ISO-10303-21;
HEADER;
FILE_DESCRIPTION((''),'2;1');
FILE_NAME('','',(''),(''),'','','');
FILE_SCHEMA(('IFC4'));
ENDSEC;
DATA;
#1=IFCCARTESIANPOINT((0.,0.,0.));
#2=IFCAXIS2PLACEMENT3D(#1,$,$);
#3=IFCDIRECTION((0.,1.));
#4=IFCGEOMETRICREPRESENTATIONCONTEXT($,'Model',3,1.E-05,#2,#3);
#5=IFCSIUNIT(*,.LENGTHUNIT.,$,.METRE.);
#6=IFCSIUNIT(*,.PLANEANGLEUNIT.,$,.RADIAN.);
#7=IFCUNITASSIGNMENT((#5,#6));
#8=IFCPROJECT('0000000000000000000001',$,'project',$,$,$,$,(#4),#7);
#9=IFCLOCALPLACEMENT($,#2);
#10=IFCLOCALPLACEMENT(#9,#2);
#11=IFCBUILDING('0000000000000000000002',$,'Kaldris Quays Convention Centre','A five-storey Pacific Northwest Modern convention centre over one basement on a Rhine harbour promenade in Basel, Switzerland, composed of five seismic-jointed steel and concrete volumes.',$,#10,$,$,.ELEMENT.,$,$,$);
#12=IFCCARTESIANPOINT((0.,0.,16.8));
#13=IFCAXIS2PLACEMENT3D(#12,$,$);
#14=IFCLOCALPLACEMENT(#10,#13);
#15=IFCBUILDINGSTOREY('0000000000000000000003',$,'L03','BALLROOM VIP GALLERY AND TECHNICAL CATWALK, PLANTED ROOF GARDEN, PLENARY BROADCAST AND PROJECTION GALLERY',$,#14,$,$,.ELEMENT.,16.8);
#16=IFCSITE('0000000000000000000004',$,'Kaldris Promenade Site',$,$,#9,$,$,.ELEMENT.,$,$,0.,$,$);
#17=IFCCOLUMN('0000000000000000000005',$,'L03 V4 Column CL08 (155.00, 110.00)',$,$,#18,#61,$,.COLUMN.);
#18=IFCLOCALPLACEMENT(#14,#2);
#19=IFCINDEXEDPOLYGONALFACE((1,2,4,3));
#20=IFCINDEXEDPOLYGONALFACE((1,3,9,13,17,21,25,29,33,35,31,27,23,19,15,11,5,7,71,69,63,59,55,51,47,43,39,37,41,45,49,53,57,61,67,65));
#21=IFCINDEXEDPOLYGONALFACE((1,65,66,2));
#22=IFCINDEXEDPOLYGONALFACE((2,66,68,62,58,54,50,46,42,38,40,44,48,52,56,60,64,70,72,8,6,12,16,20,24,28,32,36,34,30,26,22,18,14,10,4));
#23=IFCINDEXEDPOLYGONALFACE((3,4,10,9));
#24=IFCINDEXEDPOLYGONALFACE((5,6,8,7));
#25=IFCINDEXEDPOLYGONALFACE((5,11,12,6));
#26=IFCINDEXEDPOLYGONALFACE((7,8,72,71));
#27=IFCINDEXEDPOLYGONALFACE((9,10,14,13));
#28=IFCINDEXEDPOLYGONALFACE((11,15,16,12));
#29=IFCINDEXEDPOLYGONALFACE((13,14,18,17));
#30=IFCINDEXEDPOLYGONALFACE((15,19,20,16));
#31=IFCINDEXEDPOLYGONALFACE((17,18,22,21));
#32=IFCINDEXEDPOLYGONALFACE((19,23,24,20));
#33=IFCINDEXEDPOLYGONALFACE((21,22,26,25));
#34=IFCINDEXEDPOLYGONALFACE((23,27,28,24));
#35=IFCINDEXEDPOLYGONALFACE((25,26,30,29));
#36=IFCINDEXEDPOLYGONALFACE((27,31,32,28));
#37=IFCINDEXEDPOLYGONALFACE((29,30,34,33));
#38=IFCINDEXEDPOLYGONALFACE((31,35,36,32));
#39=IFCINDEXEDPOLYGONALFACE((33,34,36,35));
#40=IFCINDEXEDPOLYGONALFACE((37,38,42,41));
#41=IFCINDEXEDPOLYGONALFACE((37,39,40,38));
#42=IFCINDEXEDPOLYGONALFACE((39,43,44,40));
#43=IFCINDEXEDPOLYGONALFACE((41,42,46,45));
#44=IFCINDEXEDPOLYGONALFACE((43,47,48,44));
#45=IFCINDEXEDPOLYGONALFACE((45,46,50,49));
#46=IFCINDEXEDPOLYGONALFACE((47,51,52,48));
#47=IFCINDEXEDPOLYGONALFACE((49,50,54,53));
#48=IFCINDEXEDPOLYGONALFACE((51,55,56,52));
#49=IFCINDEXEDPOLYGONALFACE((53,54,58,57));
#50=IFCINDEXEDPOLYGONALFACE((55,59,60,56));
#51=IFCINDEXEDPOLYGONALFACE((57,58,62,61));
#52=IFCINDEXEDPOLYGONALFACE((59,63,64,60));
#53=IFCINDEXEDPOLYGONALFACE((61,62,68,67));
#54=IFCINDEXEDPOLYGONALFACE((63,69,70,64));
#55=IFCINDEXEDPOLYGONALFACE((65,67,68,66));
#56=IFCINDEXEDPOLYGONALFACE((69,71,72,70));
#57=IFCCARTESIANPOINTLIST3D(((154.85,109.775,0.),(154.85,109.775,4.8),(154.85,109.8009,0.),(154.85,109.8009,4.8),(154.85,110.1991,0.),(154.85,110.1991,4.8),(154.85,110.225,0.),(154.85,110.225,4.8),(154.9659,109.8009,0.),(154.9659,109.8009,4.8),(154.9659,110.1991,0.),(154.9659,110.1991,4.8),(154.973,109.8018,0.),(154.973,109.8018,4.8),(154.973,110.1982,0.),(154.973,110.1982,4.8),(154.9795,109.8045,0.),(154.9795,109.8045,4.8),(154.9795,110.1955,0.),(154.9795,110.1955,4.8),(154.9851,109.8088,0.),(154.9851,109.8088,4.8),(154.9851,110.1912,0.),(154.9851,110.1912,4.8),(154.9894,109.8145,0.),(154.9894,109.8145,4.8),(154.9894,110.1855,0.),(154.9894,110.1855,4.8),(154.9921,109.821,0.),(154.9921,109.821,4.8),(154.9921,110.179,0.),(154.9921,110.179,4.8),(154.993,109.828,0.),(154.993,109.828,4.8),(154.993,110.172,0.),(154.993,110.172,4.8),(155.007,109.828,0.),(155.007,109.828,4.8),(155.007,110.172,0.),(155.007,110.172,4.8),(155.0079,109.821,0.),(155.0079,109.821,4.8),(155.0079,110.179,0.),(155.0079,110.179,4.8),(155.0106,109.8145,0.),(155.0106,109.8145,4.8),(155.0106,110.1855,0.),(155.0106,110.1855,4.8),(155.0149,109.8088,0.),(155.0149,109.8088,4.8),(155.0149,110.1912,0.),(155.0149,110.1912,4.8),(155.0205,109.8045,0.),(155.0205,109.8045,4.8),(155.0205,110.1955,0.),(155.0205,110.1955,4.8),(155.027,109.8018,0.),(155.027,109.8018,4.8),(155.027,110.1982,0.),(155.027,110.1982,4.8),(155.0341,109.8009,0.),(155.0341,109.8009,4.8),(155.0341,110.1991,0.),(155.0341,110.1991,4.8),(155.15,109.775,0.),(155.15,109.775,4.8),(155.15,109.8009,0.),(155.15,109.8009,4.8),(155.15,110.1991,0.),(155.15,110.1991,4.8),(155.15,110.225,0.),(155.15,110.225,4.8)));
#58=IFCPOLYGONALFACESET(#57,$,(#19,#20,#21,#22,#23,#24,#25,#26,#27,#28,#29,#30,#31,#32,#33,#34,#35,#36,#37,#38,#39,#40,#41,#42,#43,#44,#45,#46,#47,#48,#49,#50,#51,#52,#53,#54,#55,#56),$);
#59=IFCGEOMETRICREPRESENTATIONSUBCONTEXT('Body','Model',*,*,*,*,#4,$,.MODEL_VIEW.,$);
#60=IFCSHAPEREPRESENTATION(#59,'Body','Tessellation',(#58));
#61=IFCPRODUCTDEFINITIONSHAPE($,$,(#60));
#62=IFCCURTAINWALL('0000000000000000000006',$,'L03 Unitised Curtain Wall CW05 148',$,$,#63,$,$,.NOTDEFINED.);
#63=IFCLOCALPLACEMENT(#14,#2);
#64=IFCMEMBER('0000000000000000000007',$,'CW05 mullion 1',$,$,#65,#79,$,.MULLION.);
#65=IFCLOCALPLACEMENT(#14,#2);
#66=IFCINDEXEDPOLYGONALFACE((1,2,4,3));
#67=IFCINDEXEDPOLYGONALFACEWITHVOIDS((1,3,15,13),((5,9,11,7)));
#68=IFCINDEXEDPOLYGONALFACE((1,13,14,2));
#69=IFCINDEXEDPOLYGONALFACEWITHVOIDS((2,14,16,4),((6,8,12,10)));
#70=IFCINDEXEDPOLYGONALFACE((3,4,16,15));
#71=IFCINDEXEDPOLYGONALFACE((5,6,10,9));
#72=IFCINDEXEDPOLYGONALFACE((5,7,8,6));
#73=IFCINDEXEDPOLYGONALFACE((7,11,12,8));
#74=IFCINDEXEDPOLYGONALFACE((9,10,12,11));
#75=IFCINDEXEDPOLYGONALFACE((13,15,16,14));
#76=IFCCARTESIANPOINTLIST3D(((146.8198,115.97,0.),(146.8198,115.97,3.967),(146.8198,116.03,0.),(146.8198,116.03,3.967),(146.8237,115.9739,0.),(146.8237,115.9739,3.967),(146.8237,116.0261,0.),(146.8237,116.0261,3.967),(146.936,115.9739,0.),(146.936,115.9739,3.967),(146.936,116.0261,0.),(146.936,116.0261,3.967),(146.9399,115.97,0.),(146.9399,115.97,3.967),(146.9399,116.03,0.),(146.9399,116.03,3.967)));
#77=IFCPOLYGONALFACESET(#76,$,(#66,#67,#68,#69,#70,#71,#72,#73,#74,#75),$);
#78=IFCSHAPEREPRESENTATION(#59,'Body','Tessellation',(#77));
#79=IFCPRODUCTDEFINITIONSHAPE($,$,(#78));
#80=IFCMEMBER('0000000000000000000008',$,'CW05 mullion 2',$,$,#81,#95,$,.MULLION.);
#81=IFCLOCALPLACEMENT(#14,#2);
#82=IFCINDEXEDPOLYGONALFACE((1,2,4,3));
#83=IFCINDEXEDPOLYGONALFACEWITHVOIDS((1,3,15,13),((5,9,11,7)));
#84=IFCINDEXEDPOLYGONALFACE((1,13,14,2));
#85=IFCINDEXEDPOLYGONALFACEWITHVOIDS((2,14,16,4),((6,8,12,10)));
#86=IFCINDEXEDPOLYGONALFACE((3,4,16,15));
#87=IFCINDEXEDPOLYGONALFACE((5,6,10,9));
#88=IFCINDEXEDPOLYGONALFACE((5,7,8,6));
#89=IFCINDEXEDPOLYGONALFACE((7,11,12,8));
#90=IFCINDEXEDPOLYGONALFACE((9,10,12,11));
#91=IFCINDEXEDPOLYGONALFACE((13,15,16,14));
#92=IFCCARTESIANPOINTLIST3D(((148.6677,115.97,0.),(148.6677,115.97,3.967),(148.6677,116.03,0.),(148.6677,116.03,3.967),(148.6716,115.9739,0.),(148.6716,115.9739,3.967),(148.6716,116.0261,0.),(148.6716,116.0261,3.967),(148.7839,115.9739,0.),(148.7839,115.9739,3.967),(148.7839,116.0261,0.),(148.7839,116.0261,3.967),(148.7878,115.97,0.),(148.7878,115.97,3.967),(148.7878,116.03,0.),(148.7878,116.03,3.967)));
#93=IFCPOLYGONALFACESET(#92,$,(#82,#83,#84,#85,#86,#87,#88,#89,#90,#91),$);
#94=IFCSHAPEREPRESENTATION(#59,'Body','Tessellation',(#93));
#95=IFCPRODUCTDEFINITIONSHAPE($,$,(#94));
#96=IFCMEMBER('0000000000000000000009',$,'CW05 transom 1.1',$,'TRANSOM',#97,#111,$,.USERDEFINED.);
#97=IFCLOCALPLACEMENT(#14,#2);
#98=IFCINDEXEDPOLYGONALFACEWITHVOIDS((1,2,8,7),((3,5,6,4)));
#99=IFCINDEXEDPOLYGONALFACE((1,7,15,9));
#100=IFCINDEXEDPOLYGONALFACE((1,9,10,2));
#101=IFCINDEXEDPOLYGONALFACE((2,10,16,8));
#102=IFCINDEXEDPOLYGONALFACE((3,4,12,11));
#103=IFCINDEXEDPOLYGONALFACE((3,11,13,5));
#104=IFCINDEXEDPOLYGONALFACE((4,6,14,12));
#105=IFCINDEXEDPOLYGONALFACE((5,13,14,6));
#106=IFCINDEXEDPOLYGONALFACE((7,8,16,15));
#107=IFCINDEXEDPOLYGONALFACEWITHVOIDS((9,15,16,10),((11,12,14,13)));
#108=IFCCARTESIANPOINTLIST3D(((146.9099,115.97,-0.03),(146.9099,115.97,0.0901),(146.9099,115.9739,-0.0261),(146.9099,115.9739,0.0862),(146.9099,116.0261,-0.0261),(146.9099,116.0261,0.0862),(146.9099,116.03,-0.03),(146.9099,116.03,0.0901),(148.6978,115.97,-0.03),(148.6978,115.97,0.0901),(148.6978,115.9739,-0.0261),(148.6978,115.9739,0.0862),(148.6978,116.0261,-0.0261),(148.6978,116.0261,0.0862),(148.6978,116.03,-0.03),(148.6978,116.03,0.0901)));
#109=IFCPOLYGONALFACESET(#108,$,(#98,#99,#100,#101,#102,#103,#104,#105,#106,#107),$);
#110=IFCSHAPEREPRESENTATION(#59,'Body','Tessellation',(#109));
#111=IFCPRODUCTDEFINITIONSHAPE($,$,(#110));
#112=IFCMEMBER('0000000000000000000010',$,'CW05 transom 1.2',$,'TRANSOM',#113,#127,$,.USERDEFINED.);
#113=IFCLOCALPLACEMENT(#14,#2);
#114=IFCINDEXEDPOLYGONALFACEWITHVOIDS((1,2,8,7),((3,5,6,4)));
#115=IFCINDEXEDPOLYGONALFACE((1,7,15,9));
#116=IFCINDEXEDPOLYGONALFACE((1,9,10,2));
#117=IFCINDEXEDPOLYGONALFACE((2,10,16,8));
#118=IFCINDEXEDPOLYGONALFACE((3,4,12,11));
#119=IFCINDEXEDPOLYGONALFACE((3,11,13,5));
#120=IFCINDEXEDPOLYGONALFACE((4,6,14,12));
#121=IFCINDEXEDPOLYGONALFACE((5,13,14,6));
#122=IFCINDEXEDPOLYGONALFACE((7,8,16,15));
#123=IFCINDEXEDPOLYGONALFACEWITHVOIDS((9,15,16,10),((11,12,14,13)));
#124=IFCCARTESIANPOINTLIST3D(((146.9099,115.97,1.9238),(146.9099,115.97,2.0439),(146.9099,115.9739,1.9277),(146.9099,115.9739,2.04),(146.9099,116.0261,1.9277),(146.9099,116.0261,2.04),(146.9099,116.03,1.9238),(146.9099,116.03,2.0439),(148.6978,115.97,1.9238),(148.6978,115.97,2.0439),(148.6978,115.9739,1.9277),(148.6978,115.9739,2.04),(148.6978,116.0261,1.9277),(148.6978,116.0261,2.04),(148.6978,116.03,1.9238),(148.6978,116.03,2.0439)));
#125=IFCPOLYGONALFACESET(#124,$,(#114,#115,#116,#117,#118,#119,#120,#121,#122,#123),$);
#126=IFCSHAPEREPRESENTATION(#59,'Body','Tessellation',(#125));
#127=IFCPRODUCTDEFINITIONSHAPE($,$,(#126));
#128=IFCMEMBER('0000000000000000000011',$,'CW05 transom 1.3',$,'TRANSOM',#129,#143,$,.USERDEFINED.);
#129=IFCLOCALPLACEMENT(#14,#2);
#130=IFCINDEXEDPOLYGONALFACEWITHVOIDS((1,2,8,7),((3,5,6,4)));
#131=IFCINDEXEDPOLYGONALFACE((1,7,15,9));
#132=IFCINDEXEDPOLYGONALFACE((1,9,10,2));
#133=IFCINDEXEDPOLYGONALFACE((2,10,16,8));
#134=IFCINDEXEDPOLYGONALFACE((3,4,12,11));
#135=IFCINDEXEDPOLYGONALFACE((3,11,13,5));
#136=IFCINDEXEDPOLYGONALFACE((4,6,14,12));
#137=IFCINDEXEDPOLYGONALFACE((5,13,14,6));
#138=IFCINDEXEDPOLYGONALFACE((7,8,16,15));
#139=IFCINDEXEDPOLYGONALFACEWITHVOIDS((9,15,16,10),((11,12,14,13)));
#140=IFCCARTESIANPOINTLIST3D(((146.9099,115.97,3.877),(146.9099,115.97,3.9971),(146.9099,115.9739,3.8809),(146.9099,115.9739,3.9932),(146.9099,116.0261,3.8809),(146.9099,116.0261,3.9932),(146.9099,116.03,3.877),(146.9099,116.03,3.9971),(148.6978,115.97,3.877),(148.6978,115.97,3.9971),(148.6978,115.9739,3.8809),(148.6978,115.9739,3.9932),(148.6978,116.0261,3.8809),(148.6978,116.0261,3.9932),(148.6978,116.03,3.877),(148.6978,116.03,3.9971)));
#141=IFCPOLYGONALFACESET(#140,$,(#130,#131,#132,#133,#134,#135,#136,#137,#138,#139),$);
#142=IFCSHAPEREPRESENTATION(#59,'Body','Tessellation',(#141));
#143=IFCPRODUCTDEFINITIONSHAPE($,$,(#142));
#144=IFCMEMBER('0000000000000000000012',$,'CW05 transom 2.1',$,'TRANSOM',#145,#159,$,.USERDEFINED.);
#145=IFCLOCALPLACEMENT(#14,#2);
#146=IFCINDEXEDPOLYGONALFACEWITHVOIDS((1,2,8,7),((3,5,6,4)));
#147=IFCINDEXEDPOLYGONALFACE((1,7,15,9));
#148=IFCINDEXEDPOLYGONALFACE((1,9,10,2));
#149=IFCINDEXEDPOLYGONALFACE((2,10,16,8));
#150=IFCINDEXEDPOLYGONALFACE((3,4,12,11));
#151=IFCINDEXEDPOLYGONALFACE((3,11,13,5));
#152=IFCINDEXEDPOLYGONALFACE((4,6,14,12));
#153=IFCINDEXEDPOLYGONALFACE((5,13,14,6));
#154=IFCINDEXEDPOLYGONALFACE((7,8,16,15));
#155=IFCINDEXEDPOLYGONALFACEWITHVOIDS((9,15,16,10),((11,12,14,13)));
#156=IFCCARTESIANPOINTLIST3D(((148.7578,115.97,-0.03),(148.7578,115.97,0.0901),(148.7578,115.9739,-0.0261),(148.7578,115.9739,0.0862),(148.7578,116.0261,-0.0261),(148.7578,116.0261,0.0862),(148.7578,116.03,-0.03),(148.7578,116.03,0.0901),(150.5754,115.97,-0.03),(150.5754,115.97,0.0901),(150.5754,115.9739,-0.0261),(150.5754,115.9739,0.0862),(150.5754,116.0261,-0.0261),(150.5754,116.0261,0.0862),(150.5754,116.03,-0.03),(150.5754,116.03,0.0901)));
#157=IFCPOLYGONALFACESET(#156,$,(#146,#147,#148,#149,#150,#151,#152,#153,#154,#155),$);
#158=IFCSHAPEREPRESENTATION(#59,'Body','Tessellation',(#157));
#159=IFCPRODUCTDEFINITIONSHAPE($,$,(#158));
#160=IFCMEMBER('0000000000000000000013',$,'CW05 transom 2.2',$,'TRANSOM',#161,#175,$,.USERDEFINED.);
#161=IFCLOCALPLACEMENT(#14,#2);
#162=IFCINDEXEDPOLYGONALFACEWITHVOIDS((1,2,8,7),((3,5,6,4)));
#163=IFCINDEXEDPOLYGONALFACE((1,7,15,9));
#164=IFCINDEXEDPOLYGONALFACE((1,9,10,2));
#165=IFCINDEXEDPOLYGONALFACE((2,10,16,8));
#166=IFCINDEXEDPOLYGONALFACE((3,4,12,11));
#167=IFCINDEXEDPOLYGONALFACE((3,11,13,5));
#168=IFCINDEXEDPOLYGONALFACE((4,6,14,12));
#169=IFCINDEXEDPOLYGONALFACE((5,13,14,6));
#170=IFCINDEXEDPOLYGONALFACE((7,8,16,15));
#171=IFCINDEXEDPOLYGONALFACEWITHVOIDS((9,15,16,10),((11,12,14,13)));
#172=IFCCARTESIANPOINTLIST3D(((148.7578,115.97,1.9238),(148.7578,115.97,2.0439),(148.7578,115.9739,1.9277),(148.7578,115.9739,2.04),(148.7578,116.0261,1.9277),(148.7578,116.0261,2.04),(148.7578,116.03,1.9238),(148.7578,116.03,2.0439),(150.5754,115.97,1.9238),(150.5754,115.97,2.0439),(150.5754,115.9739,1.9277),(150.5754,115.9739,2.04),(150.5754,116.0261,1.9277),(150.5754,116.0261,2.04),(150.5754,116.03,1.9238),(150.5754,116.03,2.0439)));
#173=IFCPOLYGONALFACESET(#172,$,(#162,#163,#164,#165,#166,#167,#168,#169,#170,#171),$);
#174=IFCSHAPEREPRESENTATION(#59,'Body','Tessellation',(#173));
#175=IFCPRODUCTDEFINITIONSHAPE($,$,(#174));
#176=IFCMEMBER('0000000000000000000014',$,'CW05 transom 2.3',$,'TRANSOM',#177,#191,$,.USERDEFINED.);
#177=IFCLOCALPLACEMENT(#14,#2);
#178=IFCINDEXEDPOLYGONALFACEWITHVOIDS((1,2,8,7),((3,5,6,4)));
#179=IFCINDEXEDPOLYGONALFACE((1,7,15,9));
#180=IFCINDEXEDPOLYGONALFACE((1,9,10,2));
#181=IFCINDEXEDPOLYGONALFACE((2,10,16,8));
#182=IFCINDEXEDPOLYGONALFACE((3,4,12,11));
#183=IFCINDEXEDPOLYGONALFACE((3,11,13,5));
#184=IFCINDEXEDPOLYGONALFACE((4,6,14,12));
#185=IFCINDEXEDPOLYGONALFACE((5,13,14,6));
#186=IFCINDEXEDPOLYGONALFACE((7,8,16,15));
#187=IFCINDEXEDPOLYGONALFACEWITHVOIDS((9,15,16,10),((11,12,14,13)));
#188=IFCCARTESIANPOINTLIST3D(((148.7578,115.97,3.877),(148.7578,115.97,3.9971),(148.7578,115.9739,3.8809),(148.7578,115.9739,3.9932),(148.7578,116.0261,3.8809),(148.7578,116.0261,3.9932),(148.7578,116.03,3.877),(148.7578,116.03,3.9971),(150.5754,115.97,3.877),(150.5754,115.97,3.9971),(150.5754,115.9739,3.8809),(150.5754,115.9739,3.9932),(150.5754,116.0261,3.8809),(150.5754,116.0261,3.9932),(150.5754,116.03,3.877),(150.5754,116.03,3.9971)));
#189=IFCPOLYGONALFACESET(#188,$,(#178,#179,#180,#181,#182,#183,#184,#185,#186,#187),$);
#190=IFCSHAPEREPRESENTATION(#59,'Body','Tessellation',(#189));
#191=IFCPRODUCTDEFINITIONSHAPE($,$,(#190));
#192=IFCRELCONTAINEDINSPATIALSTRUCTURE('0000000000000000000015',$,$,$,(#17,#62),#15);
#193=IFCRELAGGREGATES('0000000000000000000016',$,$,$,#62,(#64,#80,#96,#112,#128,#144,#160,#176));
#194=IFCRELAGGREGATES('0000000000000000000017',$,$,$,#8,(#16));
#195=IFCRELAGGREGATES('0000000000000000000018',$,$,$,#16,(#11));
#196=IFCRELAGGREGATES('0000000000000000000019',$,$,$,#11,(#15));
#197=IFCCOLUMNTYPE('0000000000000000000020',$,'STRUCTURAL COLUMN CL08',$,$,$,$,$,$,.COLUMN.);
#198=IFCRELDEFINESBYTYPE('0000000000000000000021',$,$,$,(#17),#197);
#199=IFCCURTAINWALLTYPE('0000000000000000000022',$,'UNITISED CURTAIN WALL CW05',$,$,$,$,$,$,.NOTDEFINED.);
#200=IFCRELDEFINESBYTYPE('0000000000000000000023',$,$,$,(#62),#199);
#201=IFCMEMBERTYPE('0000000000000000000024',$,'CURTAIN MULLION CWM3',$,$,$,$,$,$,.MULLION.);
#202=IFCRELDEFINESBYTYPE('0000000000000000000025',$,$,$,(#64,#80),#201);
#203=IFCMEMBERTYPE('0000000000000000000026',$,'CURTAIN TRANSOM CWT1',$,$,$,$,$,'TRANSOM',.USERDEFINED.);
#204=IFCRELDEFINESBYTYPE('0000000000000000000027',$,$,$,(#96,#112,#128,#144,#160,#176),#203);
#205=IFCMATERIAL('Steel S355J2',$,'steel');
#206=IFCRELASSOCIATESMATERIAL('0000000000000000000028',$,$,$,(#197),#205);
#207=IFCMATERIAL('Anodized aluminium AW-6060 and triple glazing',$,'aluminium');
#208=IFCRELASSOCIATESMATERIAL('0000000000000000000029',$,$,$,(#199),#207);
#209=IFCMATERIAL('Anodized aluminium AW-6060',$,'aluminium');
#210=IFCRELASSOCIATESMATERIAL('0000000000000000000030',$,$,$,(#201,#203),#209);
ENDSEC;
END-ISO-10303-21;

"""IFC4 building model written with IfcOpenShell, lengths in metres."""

from ifc_helpers import new_model, si_unit, direction, frame, origin, origin_2d, place, context, subcontext, project, spatial, hollow_rectangle, i_section, extrude, material, material_profile, profile_set, type_object, element, aggregate, save


model = new_model("IFC4")

# Units and contexts
model_context = context("Model", 3, precision=1e-05, world=origin(), true_north=direction((0.0, 1.0)))
body_context = subcontext(model_context, "Body", "Model", "MODEL_VIEW")
ifc_project = project(units=[si_unit("LENGTHUNIT", "METRE"), si_unit("PLANEANGLEUNIT", "RADIAN")], contexts=[model_context])

# Site, building, storey
site_placement = place(None, origin())
site = spatial("IfcSite", under=ifc_project, at=site_placement, Name="Kaldris Promenade Site", CompositionType="ELEMENT", RefElevation=0.0)
building_placement = place(site_placement, origin())
building = spatial("IfcBuilding", under=site, at=building_placement, Name="Kaldris Quays Convention Centre", Description="A five-storey Pacific Northwest Modern convention centre over one basement on a Rhine harbour promenade in Basel, Switzerland, composed of five seismic-jointed steel and concrete volumes.", CompositionType="ELEMENT")
storey_placement = place(building_placement, frame((0.0, 0.0, 16.8)))
storey = spatial("IfcBuildingStorey", under=building, at=storey_placement, Name="L03", Description="BALLROOM VIP GALLERY AND TECHNICAL CATWALK, PLANTED ROOF GARDEN, PLENARY BROADCAST AND PROJECTION GALLERY", CompositionType="ELEMENT", Elevation=16.8)

# Column
ifc_material_1 = material(Name="Steel S355J2", Category="steel")
ifc_material_profile_1 = material_profile(ifc_material_1, i_section(OverallWidth=0.3, OverallDepth=0.45, WebThickness=0.0139, FlangeThickness=0.0259, FilletRadius=0.0271, at=origin_2d()), Name="HEB 450")
ifc_profile_set_1 = profile_set([ifc_material_profile_1], Name="Steel S355J2")
column_type = type_object("IfcColumnType", Name="STRUCTURAL COLUMN CL08", PredefinedType="COLUMN", material=ifc_profile_set_1)
column_placement = place(storey_placement, frame((155.0, 110.0, 0.0), z_axis=(0.0, 0.0, 1.0), x_axis=(1.0, 0.0, 0.0)))
element("IfcColumn", 1, at=column_placement, inside=storey, type_object=column_type, Name="L03 V4 Column CL08 (155.00, 110.00)", PredefinedType="COLUMN", context=body_context, shape_type="SweptSolid", body=[
    extrude(i_section(OverallWidth=0.3, OverallDepth=0.45, WebThickness=0.0139, FlangeThickness=0.0259, FilletRadius=0.0271, at=origin_2d()), origin(), (0.0, 0.0, 1.0), 4.8),
])

# Curtain wall, members
ifc_material_2 = material(Name="Anodized aluminium AW-6060 and triple glazing", Category="aluminium")
curtain_wall_type = type_object("IfcCurtainWallType", Name="UNITISED CURTAIN WALL CW05", PredefinedType="NOTDEFINED", material=ifc_material_2)
curtain_wall_placement = place(storey_placement, origin())
curtain_wall = element("IfcCurtainWall", 2, at=curtain_wall_placement, inside=storey, type_object=curtain_wall_type, Name="L03 Unitised Curtain Wall CW05 148", PredefinedType="NOTDEFINED")
ifc_material_3 = material(Name="Anodized aluminium AW-6060", Category="aluminium")
ifc_material_profile_2 = material_profile(ifc_material_3, hollow_rectangle(XDim=0.0601, YDim=0.1201, WallThickness=0.0039, at=origin_2d()), Name="RHS 120x60x4")
ifc_profile_set_2 = profile_set([ifc_material_profile_2], Name="Anodized aluminium AW-6060")
member_type_1 = type_object("IfcMemberType", Name="CURTAIN MULLION CWM3", PredefinedType="MULLION", material=ifc_profile_set_2)
member_1_placement = place(storey_placement, frame((146.8799, 116.0, 0.0), z_axis=(0.0, 0.0, 1.0), x_axis=(0.0, 1.0, 0.0)))
member_1 = element("IfcMember", 3, at=member_1_placement, type_object=member_type_1, Name="CW05 mullion 1", PredefinedType="MULLION", context=body_context, shape_type="SweptSolid", body=[
    extrude(hollow_rectangle(XDim=0.0601, YDim=0.1201, WallThickness=0.0039, at=origin_2d()), origin(), (0.0, 0.0, 1.0), 3.967),
])
member_2_placement = place(storey_placement, frame((148.7278, 116.0, 0.0), z_axis=(0.0, 0.0, 1.0), x_axis=(0.0, 1.0, 0.0)))
member_2 = element("IfcMember", 4, at=member_2_placement, type_object=member_type_1, Name="CW05 mullion 2", PredefinedType="MULLION", context=body_context, shape_type="SweptSolid", body=[
    extrude(hollow_rectangle(XDim=0.0601, YDim=0.1201, WallThickness=0.0039, at=origin_2d()), origin(), (0.0, 0.0, 1.0), 3.967),
])
ifc_material_profile_3 = material_profile(ifc_material_3, hollow_rectangle(XDim=0.0601, YDim=0.1201, WallThickness=0.0039, at=origin_2d()), Name="RHS 120x60x4")
ifc_profile_set_3 = profile_set([ifc_material_profile_3], Name="Anodized aluminium AW-6060")
member_type_2 = type_object("IfcMemberType", Name="CURTAIN TRANSOM CWT1", ElementType="TRANSOM", PredefinedType="USERDEFINED", material=ifc_profile_set_3)
member_3_placement = place(storey_placement, frame((146.9099, 116.0, 0.03), z_axis=(1.0, 0.0, 0.0), x_axis=(0.0, 1.0, 0.0)))
member_3 = element("IfcMember", 5, at=member_3_placement, type_object=member_type_2, Name="CW05 transom 1.1", ObjectType="TRANSOM", PredefinedType="USERDEFINED", context=body_context, shape_type="SweptSolid", body=[
    extrude(hollow_rectangle(XDim=0.0601, YDim=0.1201, WallThickness=0.0039, at=origin_2d()), origin(), (0.0, 0.0, 1.0), 1.7878),
])
member_4_placement = place(storey_placement, frame((146.9099, 116.0, 1.9839), z_axis=(1.0, 0.0, 0.0), x_axis=(0.0, 1.0, 0.0)))
member_4 = element("IfcMember", 6, at=member_4_placement, type_object=member_type_2, Name="CW05 transom 1.2", ObjectType="TRANSOM", PredefinedType="USERDEFINED", context=body_context, shape_type="SweptSolid", body=[
    extrude(hollow_rectangle(XDim=0.0601, YDim=0.1201, WallThickness=0.0039, at=origin_2d()), origin(), (0.0, 0.0, 1.0), 1.7878),
])
member_5_placement = place(storey_placement, frame((146.9099, 116.0, 3.937), z_axis=(1.0, 0.0, 0.0), x_axis=(0.0, 1.0, 0.0)))
member_5 = element("IfcMember", 7, at=member_5_placement, type_object=member_type_2, Name="CW05 transom 1.3", ObjectType="TRANSOM", PredefinedType="USERDEFINED", context=body_context, shape_type="SweptSolid", body=[
    extrude(hollow_rectangle(XDim=0.0601, YDim=0.1201, WallThickness=0.0039, at=origin_2d()), origin(), (0.0, 0.0, 1.0), 1.7878),
])
member_6_placement = place(storey_placement, frame((148.7578, 116.0, 0.03), z_axis=(1.0, 0.0, 0.0), x_axis=(0.0, 1.0, 0.0)))
member_6 = element("IfcMember", 8, at=member_6_placement, type_object=member_type_2, Name="CW05 transom 2.1", ObjectType="TRANSOM", PredefinedType="USERDEFINED", context=body_context, shape_type="SweptSolid", body=[
    extrude(hollow_rectangle(XDim=0.0601, YDim=0.1201, WallThickness=0.0039, at=origin_2d()), origin(), (0.0, 0.0, 1.0), 1.8176),
])
member_7_placement = place(storey_placement, frame((148.7578, 116.0, 1.9839), z_axis=(1.0, 0.0, 0.0), x_axis=(0.0, 1.0, 0.0)))
member_7 = element("IfcMember", 9, at=member_7_placement, type_object=member_type_2, Name="CW05 transom 2.2", ObjectType="TRANSOM", PredefinedType="USERDEFINED", context=body_context, shape_type="SweptSolid", body=[
    extrude(hollow_rectangle(XDim=0.0601, YDim=0.1201, WallThickness=0.0039, at=origin_2d()), origin(), (0.0, 0.0, 1.0), 1.8176),
])
member_8_placement = place(storey_placement, frame((148.7578, 116.0, 3.937), z_axis=(1.0, 0.0, 0.0), x_axis=(0.0, 1.0, 0.0)))
member_8 = element("IfcMember", 10, at=member_8_placement, type_object=member_type_2, Name="CW05 transom 2.3", ObjectType="TRANSOM", PredefinedType="USERDEFINED", context=body_context, shape_type="SweptSolid", body=[
    extrude(hollow_rectangle(XDim=0.0601, YDim=0.1201, WallThickness=0.0039, at=origin_2d()), origin(), (0.0, 0.0, 1.0), 1.8176),
])

aggregate(curtain_wall, [member_1, member_2, member_3, member_4, member_5, member_6, member_7, member_8])

save(model, "model.ifc")
